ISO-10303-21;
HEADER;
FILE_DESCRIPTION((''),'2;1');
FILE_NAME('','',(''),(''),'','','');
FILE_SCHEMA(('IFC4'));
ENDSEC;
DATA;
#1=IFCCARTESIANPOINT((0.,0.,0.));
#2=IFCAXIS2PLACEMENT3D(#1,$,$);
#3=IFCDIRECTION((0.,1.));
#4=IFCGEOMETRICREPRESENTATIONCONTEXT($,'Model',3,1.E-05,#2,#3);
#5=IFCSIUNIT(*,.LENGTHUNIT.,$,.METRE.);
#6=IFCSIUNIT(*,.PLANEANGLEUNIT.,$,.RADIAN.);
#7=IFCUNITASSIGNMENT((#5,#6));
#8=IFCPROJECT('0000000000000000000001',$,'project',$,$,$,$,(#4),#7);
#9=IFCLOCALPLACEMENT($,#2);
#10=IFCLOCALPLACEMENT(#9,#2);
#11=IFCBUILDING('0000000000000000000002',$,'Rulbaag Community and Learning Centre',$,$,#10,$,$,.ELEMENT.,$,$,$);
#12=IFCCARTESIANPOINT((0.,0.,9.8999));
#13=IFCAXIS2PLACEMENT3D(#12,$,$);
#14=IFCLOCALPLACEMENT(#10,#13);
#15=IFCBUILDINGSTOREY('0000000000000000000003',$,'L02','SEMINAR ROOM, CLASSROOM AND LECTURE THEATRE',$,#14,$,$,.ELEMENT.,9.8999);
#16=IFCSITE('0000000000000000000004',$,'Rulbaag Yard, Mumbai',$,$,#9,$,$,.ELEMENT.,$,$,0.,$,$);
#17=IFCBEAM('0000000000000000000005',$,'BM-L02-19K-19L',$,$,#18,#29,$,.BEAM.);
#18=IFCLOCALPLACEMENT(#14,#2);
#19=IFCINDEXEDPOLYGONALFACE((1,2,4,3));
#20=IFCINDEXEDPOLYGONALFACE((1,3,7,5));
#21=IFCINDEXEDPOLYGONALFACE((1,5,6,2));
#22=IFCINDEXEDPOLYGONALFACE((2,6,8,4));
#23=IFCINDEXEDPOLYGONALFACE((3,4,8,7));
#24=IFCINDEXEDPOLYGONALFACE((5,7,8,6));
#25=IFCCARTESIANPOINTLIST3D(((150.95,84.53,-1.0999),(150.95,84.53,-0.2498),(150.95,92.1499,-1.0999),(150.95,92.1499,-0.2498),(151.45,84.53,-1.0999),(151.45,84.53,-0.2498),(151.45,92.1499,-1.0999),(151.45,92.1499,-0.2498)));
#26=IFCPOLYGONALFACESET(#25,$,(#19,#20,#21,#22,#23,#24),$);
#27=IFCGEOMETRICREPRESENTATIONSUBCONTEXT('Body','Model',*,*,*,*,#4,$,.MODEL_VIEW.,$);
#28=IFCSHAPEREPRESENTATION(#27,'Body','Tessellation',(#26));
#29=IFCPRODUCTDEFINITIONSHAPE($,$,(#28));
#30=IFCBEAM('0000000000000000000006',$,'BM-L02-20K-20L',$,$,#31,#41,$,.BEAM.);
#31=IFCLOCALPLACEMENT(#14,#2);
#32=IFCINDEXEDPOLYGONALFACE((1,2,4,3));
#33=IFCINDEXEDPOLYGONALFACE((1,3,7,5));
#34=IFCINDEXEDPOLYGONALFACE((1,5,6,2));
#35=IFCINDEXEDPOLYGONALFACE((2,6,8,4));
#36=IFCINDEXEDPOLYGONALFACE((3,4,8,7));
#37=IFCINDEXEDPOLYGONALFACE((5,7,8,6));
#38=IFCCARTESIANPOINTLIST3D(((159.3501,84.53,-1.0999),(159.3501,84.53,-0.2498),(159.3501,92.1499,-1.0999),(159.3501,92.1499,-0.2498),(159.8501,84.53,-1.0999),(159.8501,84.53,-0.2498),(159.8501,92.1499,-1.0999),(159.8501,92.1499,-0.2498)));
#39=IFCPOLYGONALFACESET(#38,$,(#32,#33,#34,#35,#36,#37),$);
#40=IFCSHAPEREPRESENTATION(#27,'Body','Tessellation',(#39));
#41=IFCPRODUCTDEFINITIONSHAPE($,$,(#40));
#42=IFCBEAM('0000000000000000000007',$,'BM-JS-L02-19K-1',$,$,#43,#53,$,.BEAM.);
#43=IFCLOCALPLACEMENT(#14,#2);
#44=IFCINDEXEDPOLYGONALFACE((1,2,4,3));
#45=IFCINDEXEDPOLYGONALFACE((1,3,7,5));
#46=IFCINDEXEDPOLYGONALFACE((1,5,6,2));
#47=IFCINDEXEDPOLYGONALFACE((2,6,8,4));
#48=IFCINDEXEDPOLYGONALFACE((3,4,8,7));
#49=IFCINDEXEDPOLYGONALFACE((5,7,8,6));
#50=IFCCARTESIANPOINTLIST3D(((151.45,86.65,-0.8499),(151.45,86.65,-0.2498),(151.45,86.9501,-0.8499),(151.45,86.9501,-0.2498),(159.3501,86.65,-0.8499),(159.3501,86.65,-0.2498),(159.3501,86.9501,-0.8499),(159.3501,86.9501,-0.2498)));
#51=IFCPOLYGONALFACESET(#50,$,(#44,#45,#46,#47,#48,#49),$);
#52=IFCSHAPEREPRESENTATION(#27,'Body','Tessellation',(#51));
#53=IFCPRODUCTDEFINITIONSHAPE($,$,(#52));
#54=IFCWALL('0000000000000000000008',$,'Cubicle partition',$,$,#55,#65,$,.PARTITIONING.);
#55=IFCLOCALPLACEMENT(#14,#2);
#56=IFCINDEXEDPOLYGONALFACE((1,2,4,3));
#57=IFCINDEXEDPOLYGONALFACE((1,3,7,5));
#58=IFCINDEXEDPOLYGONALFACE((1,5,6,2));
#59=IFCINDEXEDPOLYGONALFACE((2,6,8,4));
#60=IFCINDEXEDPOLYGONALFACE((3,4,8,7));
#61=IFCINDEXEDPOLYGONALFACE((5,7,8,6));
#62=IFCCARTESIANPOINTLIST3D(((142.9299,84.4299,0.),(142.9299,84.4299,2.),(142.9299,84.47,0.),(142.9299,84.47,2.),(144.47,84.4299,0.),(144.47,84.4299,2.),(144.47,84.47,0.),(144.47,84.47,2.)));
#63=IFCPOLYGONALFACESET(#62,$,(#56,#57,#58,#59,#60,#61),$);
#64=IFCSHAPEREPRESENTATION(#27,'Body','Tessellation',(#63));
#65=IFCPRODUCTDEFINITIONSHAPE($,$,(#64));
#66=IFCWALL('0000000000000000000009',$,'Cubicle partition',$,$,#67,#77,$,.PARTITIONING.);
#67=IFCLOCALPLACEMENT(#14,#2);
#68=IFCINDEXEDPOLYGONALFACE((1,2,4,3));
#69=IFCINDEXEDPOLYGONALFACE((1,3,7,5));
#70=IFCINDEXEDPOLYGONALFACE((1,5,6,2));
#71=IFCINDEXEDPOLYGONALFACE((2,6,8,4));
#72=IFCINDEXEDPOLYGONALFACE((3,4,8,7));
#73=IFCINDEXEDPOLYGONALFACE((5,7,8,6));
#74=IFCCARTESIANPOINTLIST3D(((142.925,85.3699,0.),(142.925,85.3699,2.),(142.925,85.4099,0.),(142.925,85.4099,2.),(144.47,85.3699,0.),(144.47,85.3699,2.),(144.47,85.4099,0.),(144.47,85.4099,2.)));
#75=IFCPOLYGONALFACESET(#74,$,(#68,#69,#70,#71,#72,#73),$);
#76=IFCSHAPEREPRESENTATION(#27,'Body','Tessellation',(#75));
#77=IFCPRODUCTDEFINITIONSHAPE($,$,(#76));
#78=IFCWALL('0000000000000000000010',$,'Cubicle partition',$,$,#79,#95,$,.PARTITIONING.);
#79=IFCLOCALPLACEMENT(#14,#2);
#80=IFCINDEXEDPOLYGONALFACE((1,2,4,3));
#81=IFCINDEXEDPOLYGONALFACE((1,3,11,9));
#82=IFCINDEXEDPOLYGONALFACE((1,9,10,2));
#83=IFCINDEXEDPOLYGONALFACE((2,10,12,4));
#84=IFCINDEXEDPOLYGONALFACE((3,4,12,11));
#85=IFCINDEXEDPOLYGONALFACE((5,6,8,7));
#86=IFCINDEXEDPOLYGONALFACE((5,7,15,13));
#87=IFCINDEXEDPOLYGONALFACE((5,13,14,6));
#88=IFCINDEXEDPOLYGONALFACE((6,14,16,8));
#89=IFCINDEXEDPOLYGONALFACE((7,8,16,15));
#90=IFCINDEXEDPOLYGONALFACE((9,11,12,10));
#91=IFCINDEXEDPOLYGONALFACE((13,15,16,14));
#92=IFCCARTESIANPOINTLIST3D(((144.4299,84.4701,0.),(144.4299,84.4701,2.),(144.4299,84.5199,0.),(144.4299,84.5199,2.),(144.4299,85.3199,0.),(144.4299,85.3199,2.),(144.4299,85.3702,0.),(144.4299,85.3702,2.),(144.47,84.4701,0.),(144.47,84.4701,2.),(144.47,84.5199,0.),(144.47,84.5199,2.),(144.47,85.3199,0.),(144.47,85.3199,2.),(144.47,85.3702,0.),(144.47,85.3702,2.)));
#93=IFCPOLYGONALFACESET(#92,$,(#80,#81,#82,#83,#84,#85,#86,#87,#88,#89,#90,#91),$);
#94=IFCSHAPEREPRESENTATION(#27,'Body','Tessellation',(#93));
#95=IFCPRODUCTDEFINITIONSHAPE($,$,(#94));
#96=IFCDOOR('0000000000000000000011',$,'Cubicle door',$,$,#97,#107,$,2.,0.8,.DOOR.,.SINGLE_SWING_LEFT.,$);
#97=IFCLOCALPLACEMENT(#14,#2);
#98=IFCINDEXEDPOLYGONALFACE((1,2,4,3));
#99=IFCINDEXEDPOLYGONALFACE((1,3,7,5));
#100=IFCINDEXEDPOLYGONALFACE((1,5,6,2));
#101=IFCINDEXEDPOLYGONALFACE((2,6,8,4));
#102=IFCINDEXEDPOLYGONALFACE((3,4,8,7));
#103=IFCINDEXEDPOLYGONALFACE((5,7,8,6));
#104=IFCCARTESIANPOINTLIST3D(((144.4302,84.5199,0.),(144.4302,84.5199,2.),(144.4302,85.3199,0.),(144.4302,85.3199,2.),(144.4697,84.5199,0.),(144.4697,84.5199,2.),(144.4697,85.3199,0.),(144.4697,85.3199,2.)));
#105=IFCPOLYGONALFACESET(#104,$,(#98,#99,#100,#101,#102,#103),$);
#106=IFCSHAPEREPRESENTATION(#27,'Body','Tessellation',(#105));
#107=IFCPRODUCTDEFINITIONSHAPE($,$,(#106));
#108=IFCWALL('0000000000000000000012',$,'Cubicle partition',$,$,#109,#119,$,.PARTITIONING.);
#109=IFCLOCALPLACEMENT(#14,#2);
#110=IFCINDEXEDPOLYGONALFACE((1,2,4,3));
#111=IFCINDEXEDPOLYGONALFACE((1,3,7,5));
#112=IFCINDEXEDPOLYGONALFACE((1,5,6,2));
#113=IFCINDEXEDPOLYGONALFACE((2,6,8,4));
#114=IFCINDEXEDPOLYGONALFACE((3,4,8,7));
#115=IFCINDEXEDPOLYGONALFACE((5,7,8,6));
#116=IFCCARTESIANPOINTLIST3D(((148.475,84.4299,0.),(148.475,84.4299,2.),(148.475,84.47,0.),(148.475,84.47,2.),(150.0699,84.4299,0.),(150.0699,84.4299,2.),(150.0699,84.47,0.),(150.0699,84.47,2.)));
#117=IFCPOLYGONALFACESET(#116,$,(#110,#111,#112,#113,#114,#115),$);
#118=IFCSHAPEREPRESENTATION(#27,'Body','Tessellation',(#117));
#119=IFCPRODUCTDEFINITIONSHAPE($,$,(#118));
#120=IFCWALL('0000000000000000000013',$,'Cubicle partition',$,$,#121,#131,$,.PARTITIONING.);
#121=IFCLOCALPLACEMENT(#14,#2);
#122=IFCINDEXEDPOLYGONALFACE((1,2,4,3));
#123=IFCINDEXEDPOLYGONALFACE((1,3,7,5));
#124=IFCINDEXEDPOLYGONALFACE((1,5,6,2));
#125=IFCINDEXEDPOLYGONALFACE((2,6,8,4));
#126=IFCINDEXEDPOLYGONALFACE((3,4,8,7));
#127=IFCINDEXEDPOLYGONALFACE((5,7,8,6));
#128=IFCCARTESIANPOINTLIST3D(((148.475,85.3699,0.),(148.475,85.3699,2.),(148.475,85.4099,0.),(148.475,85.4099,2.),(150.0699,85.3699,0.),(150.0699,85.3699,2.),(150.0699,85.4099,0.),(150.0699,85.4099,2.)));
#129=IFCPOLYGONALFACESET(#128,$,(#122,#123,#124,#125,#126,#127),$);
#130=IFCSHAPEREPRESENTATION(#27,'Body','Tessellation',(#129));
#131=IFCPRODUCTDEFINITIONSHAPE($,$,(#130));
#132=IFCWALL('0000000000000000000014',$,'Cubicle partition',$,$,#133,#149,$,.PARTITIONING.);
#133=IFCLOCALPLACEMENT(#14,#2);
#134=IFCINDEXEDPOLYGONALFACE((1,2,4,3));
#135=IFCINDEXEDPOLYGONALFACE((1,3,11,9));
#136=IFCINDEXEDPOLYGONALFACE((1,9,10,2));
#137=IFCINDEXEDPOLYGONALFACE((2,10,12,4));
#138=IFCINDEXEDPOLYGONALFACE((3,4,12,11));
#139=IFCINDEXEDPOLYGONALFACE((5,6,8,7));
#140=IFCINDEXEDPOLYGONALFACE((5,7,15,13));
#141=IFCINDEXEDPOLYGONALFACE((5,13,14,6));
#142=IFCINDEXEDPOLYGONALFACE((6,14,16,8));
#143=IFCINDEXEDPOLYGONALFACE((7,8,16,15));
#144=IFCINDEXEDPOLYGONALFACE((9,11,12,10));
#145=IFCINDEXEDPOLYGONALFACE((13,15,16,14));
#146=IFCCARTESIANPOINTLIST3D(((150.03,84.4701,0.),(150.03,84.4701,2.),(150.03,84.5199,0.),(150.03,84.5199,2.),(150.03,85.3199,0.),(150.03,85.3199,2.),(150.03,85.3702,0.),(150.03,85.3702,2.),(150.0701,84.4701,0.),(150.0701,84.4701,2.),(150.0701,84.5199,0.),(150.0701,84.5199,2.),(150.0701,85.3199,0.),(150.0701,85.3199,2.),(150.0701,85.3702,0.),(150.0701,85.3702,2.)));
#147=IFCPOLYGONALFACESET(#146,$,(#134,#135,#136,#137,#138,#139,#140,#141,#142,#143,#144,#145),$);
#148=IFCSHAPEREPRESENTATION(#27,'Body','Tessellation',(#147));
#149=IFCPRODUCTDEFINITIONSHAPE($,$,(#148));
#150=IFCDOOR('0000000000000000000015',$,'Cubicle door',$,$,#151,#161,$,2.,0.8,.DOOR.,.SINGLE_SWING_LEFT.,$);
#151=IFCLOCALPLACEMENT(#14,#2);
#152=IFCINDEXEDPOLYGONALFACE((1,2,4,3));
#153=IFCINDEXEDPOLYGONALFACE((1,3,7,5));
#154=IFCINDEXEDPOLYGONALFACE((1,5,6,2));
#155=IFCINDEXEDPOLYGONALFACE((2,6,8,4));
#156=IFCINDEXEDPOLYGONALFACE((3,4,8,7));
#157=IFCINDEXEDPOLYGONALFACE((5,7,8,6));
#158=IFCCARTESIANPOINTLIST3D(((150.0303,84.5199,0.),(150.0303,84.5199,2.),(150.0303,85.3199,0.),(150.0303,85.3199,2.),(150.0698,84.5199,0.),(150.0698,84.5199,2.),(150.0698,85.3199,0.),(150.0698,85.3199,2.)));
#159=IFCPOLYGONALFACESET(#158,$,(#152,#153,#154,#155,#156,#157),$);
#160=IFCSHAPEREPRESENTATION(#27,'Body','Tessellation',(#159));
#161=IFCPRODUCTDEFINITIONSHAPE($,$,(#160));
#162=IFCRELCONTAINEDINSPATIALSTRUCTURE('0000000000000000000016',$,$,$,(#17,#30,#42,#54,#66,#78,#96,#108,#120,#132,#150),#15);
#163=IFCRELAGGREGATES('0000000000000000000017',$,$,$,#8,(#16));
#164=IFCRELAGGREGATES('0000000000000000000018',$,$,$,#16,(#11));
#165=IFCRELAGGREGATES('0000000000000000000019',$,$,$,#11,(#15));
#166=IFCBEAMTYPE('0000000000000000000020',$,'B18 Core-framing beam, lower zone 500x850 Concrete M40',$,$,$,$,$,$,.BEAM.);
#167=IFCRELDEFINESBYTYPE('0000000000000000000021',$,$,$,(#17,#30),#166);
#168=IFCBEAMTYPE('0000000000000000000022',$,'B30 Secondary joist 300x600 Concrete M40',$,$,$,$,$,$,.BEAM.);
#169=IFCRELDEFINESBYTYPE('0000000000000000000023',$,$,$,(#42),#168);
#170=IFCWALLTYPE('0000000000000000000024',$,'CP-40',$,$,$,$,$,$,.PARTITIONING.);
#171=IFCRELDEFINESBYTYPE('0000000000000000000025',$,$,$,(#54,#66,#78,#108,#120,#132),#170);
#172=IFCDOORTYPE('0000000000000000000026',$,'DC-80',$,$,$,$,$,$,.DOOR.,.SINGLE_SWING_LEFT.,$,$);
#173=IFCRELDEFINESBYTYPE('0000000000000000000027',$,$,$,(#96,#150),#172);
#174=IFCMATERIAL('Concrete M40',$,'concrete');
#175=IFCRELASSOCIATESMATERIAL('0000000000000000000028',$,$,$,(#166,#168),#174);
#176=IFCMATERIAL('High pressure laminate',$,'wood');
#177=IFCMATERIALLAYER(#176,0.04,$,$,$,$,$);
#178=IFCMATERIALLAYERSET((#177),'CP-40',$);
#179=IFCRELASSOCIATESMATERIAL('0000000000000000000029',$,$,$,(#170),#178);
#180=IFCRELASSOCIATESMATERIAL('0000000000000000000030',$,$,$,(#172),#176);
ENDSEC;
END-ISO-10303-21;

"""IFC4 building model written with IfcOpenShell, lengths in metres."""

from ifc_helpers import new_model, si_unit, direction, frame, frame_2d, origin, origin_2d, place, context, subcontext, project, spatial, rectangle, extrude, material, layer, layer_set, material_profile, profile_set, type_object, element, fill, save


model = new_model("IFC4")

# Units and contexts
model_context = context("Model", 3, precision=1e-05, world=origin(), true_north=direction((0.0, 1.0)))
body_context = subcontext(model_context, "Body", "Model", "MODEL_VIEW")
ifc_project = project(units=[si_unit("LENGTHUNIT", "METRE"), si_unit("PLANEANGLEUNIT", "RADIAN")], contexts=[model_context])

# Site, building, storey
site_placement = place(None, origin())
site = spatial("IfcSite", under=ifc_project, at=site_placement, Name="Rulbaag Yard, Mumbai", CompositionType="ELEMENT", RefElevation=0.0)
building_placement = place(site_placement, origin())
building = spatial("IfcBuilding", under=site, at=building_placement, Name="Rulbaag Community and Learning Centre", CompositionType="ELEMENT")
storey_placement = place(building_placement, frame((0.0, 0.0, 9.8999)))
storey = spatial("IfcBuildingStorey", under=building, at=storey_placement, Name="L02", Description="SEMINAR ROOM, CLASSROOM AND LECTURE THEATRE", CompositionType="ELEMENT", Elevation=9.8999)

# Beams
ifc_material_1 = material(Name="Concrete M40", Category="concrete")
ifc_material_profile_1 = material_profile(ifc_material_1, rectangle(XDim=0.5, YDim=0.8501, at=origin_2d()), Name="RB500x850")
ifc_profile_set_1 = profile_set([ifc_material_profile_1], Name="Concrete M40")
beam_type_1 = type_object("IfcBeamType", Name="B18 Core-framing beam, lower zone 500x850 Concrete M40", PredefinedType="BEAM", material=ifc_profile_set_1)
for number, where, z_axis, x_axis, name in (
    (1, (151.2, 84.53, -0.6748), (0.0, 1.0, 0.0), (-1.0, 0.0, 0.0), "BM-L02-19K-19L"),
    (2, (159.6001, 84.53, -0.6748), (0.0, 1.0, 0.0), (-1.0, 0.0, 0.0), "BM-L02-20K-20L"),
):
    element("IfcBeam", number, at=place(storey_placement, frame(where, z_axis=z_axis, x_axis=x_axis)), inside=storey, type_object=beam_type_1, Name=name, PredefinedType="BEAM", context=body_context, shape_type="SweptSolid", body=[
        extrude(rectangle(XDim=0.5, YDim=0.8501, at=origin_2d()), origin(), (0.0, 0.0, 1.0), 7.6199),
    ])
ifc_material_profile_2 = material_profile(ifc_material_1, rectangle(XDim=0.3, YDim=0.6001, at=origin_2d()), Name="RB300x600")
ifc_profile_set_2 = profile_set([ifc_material_profile_2], Name="Concrete M40")
beam_type_2 = type_object("IfcBeamType", Name="B30 Secondary joist 300x600 Concrete M40", PredefinedType="BEAM", material=ifc_profile_set_2)
beam_placement = place(storey_placement, frame((151.45, 86.8, -0.5498), z_axis=(1.0, 0.0, 0.0), x_axis=(0.0, 1.0, 0.0)))
element("IfcBeam", 3, at=beam_placement, inside=storey, type_object=beam_type_2, Name="BM-JS-L02-19K-1", PredefinedType="BEAM", context=body_context, shape_type="SweptSolid", body=[
    extrude(rectangle(XDim=0.3, YDim=0.6001, at=origin_2d()), origin(), (0.0, 0.0, 1.0), 7.9001),
])

# Walls
ifc_material_2 = material(Name="High pressure laminate", Category="wood")
ifc_layer_1 = layer(ifc_material_2, 0.04)
ifc_layer_set_1 = layer_set([ifc_layer_1], Name="CP-40")
wall_type_1 = type_object("IfcWallType", Name="CP-40", PredefinedType="PARTITIONING", material=ifc_layer_set_1)
wall_1_placement = place(storey_placement, frame((142.9299, 84.45, 0.0), z_axis=(0.0, 0.0, 1.0), x_axis=(1.0, 0.0, 0.0)))
element("IfcWall", 4, at=wall_1_placement, inside=storey, type_object=wall_type_1, Name="Cubicle partition", PredefinedType="PARTITIONING", context=body_context, shape_type="SweptSolid", body=[
    extrude(rectangle(XDim=1.54, YDim=0.04, at=frame_2d((0.77, 0.0))), origin(), (0.0, 0.0, 1.0), 2.0),
])
wall_2_placement = place(storey_placement, frame((142.925, 85.3899, 0.0), z_axis=(0.0, 0.0, 1.0), x_axis=(1.0, 0.0, 0.0)))
element("IfcWall", 5, at=wall_2_placement, inside=storey, type_object=wall_type_1, Name="Cubicle partition", PredefinedType="PARTITIONING", context=body_context, shape_type="SweptSolid", body=[
    extrude(rectangle(XDim=1.5449, YDim=0.04, at=frame_2d((0.7725, 0.0))), origin(), (0.0, 0.0, 1.0), 2.0),
])

# Wall, opening, door
wall_3_placement = place(storey_placement, frame((144.45, 84.47, 0.0), z_axis=(0.0, 0.0, 1.0), x_axis=(0.0, 1.0, 0.0)))
wall_3 = element("IfcWall", 6, at=wall_3_placement, inside=storey, type_object=wall_type_1, Name="Cubicle partition", PredefinedType="PARTITIONING", context=body_context, shape_type="SweptSolid", body=[
    extrude(rectangle(XDim=0.9001, YDim=0.04, at=frame_2d((0.4502, 0.0))), origin(), (0.0, 0.0, 1.0), 2.0),
])
opening_1_placement = place(wall_3_placement, frame((0.05, 0.0, 0.0)))
opening_1 = element("IfcOpeningElement", 7, at=opening_1_placement, cuts=wall_3, PredefinedType="OPENING", context=body_context, shape_type="SweptSolid", body=[
    extrude(rectangle(XDim=0.8, YDim=2.0, at=frame_2d((0.3999, 1.0))), frame((0.0, 0.03, 0.0), z_axis=(0.0, -1.0, 0.0), x_axis=(1.0, 0.0, 0.0)), (0.0, 0.0, 1.0), 0.0601),
])
door_type_1 = type_object("IfcDoorType", Name="DC-80", OperationType="SINGLE_SWING_LEFT", PredefinedType="DOOR", material=ifc_material_2)
door_1_placement = place(opening_1_placement, origin())
door_1 = element("IfcDoor", 8, at=door_1_placement, inside=storey, type_object=door_type_1, Name="Cubicle door", OperationType="SINGLE_SWING_LEFT", OverallHeight=2.0, OverallWidth=0.8, PredefinedType="DOOR", context=body_context, shape_type="SweptSolid", body=[
    extrude(rectangle(XDim=0.8, YDim=2.0, at=frame_2d((0.3999, 1.0))), frame((0.0, 0.0198, 0.0), z_axis=(0.0, -1.0, 0.0), x_axis=(1.0, 0.0, 0.0)), (0.0, 0.0, 1.0), 0.0396),
])
fill(opening_1, door_1)

# Walls
for number, where, z_axis, x_axis, name in (
    (9, (148.4751, 84.45, 0.0), (0.0, 0.0, 1.0), (1.0, 0.0, 0.0), "Cubicle partition"),
    (10, (148.4751, 85.3899, 0.0), (0.0, 0.0, 1.0), (1.0, 0.0, 0.0), "Cubicle partition"),
):
    element("IfcWall", number, at=place(storey_placement, frame(where, z_axis=z_axis, x_axis=x_axis)), inside=storey, type_object=wall_type_1, Name=name, PredefinedType="PARTITIONING", context=body_context, shape_type="SweptSolid", body=[
        extrude(rectangle(XDim=1.595, YDim=0.04, at=frame_2d((0.7974, 0.0))), origin(), (0.0, 0.0, 1.0), 2.0),
    ])

# Wall, opening, door
wall_4_placement = place(storey_placement, frame((150.05, 84.47, 0.0), z_axis=(0.0, 0.0, 1.0), x_axis=(0.0, 1.0, 0.0)))
wall_4 = element("IfcWall", 11, at=wall_4_placement, inside=storey, type_object=wall_type_1, Name="Cubicle partition", PredefinedType="PARTITIONING", context=body_context, shape_type="SweptSolid", body=[
    extrude(rectangle(XDim=0.9001, YDim=0.04, at=frame_2d((0.4502, 0.0))), origin(), (0.0, 0.0, 1.0), 2.0),
])
opening_2_placement = place(wall_4_placement, frame((0.05, 0.0, 0.0)))
opening_2 = element("IfcOpeningElement", 12, at=opening_2_placement, cuts=wall_4, PredefinedType="OPENING", context=body_context, shape_type="SweptSolid", body=[
    extrude(rectangle(XDim=0.8, YDim=2.0, at=frame_2d((0.3999, 1.0))), frame((0.0, 0.03, 0.0), z_axis=(0.0, -1.0, 0.0), x_axis=(1.0, 0.0, 0.0)), (0.0, 0.0, 1.0), 0.0601),
])
door_2_placement = place(opening_2_placement, origin())
door_2 = element("IfcDoor", 13, at=door_2_placement, inside=storey, type_object=door_type_1, Name="Cubicle door", OperationType="SINGLE_SWING_LEFT", OverallHeight=2.0, OverallWidth=0.8, PredefinedType="DOOR", context=body_context, shape_type="SweptSolid", body=[
    extrude(rectangle(XDim=0.8, YDim=2.0, at=frame_2d((0.3999, 1.0))), frame((0.0, 0.0198, 0.0), z_axis=(0.0, -1.0, 0.0), x_axis=(1.0, 0.0, 0.0)), (0.0, 0.0, 1.0), 0.0396),
])
fill(opening_2, door_2)

save(model, "model.ifc")
